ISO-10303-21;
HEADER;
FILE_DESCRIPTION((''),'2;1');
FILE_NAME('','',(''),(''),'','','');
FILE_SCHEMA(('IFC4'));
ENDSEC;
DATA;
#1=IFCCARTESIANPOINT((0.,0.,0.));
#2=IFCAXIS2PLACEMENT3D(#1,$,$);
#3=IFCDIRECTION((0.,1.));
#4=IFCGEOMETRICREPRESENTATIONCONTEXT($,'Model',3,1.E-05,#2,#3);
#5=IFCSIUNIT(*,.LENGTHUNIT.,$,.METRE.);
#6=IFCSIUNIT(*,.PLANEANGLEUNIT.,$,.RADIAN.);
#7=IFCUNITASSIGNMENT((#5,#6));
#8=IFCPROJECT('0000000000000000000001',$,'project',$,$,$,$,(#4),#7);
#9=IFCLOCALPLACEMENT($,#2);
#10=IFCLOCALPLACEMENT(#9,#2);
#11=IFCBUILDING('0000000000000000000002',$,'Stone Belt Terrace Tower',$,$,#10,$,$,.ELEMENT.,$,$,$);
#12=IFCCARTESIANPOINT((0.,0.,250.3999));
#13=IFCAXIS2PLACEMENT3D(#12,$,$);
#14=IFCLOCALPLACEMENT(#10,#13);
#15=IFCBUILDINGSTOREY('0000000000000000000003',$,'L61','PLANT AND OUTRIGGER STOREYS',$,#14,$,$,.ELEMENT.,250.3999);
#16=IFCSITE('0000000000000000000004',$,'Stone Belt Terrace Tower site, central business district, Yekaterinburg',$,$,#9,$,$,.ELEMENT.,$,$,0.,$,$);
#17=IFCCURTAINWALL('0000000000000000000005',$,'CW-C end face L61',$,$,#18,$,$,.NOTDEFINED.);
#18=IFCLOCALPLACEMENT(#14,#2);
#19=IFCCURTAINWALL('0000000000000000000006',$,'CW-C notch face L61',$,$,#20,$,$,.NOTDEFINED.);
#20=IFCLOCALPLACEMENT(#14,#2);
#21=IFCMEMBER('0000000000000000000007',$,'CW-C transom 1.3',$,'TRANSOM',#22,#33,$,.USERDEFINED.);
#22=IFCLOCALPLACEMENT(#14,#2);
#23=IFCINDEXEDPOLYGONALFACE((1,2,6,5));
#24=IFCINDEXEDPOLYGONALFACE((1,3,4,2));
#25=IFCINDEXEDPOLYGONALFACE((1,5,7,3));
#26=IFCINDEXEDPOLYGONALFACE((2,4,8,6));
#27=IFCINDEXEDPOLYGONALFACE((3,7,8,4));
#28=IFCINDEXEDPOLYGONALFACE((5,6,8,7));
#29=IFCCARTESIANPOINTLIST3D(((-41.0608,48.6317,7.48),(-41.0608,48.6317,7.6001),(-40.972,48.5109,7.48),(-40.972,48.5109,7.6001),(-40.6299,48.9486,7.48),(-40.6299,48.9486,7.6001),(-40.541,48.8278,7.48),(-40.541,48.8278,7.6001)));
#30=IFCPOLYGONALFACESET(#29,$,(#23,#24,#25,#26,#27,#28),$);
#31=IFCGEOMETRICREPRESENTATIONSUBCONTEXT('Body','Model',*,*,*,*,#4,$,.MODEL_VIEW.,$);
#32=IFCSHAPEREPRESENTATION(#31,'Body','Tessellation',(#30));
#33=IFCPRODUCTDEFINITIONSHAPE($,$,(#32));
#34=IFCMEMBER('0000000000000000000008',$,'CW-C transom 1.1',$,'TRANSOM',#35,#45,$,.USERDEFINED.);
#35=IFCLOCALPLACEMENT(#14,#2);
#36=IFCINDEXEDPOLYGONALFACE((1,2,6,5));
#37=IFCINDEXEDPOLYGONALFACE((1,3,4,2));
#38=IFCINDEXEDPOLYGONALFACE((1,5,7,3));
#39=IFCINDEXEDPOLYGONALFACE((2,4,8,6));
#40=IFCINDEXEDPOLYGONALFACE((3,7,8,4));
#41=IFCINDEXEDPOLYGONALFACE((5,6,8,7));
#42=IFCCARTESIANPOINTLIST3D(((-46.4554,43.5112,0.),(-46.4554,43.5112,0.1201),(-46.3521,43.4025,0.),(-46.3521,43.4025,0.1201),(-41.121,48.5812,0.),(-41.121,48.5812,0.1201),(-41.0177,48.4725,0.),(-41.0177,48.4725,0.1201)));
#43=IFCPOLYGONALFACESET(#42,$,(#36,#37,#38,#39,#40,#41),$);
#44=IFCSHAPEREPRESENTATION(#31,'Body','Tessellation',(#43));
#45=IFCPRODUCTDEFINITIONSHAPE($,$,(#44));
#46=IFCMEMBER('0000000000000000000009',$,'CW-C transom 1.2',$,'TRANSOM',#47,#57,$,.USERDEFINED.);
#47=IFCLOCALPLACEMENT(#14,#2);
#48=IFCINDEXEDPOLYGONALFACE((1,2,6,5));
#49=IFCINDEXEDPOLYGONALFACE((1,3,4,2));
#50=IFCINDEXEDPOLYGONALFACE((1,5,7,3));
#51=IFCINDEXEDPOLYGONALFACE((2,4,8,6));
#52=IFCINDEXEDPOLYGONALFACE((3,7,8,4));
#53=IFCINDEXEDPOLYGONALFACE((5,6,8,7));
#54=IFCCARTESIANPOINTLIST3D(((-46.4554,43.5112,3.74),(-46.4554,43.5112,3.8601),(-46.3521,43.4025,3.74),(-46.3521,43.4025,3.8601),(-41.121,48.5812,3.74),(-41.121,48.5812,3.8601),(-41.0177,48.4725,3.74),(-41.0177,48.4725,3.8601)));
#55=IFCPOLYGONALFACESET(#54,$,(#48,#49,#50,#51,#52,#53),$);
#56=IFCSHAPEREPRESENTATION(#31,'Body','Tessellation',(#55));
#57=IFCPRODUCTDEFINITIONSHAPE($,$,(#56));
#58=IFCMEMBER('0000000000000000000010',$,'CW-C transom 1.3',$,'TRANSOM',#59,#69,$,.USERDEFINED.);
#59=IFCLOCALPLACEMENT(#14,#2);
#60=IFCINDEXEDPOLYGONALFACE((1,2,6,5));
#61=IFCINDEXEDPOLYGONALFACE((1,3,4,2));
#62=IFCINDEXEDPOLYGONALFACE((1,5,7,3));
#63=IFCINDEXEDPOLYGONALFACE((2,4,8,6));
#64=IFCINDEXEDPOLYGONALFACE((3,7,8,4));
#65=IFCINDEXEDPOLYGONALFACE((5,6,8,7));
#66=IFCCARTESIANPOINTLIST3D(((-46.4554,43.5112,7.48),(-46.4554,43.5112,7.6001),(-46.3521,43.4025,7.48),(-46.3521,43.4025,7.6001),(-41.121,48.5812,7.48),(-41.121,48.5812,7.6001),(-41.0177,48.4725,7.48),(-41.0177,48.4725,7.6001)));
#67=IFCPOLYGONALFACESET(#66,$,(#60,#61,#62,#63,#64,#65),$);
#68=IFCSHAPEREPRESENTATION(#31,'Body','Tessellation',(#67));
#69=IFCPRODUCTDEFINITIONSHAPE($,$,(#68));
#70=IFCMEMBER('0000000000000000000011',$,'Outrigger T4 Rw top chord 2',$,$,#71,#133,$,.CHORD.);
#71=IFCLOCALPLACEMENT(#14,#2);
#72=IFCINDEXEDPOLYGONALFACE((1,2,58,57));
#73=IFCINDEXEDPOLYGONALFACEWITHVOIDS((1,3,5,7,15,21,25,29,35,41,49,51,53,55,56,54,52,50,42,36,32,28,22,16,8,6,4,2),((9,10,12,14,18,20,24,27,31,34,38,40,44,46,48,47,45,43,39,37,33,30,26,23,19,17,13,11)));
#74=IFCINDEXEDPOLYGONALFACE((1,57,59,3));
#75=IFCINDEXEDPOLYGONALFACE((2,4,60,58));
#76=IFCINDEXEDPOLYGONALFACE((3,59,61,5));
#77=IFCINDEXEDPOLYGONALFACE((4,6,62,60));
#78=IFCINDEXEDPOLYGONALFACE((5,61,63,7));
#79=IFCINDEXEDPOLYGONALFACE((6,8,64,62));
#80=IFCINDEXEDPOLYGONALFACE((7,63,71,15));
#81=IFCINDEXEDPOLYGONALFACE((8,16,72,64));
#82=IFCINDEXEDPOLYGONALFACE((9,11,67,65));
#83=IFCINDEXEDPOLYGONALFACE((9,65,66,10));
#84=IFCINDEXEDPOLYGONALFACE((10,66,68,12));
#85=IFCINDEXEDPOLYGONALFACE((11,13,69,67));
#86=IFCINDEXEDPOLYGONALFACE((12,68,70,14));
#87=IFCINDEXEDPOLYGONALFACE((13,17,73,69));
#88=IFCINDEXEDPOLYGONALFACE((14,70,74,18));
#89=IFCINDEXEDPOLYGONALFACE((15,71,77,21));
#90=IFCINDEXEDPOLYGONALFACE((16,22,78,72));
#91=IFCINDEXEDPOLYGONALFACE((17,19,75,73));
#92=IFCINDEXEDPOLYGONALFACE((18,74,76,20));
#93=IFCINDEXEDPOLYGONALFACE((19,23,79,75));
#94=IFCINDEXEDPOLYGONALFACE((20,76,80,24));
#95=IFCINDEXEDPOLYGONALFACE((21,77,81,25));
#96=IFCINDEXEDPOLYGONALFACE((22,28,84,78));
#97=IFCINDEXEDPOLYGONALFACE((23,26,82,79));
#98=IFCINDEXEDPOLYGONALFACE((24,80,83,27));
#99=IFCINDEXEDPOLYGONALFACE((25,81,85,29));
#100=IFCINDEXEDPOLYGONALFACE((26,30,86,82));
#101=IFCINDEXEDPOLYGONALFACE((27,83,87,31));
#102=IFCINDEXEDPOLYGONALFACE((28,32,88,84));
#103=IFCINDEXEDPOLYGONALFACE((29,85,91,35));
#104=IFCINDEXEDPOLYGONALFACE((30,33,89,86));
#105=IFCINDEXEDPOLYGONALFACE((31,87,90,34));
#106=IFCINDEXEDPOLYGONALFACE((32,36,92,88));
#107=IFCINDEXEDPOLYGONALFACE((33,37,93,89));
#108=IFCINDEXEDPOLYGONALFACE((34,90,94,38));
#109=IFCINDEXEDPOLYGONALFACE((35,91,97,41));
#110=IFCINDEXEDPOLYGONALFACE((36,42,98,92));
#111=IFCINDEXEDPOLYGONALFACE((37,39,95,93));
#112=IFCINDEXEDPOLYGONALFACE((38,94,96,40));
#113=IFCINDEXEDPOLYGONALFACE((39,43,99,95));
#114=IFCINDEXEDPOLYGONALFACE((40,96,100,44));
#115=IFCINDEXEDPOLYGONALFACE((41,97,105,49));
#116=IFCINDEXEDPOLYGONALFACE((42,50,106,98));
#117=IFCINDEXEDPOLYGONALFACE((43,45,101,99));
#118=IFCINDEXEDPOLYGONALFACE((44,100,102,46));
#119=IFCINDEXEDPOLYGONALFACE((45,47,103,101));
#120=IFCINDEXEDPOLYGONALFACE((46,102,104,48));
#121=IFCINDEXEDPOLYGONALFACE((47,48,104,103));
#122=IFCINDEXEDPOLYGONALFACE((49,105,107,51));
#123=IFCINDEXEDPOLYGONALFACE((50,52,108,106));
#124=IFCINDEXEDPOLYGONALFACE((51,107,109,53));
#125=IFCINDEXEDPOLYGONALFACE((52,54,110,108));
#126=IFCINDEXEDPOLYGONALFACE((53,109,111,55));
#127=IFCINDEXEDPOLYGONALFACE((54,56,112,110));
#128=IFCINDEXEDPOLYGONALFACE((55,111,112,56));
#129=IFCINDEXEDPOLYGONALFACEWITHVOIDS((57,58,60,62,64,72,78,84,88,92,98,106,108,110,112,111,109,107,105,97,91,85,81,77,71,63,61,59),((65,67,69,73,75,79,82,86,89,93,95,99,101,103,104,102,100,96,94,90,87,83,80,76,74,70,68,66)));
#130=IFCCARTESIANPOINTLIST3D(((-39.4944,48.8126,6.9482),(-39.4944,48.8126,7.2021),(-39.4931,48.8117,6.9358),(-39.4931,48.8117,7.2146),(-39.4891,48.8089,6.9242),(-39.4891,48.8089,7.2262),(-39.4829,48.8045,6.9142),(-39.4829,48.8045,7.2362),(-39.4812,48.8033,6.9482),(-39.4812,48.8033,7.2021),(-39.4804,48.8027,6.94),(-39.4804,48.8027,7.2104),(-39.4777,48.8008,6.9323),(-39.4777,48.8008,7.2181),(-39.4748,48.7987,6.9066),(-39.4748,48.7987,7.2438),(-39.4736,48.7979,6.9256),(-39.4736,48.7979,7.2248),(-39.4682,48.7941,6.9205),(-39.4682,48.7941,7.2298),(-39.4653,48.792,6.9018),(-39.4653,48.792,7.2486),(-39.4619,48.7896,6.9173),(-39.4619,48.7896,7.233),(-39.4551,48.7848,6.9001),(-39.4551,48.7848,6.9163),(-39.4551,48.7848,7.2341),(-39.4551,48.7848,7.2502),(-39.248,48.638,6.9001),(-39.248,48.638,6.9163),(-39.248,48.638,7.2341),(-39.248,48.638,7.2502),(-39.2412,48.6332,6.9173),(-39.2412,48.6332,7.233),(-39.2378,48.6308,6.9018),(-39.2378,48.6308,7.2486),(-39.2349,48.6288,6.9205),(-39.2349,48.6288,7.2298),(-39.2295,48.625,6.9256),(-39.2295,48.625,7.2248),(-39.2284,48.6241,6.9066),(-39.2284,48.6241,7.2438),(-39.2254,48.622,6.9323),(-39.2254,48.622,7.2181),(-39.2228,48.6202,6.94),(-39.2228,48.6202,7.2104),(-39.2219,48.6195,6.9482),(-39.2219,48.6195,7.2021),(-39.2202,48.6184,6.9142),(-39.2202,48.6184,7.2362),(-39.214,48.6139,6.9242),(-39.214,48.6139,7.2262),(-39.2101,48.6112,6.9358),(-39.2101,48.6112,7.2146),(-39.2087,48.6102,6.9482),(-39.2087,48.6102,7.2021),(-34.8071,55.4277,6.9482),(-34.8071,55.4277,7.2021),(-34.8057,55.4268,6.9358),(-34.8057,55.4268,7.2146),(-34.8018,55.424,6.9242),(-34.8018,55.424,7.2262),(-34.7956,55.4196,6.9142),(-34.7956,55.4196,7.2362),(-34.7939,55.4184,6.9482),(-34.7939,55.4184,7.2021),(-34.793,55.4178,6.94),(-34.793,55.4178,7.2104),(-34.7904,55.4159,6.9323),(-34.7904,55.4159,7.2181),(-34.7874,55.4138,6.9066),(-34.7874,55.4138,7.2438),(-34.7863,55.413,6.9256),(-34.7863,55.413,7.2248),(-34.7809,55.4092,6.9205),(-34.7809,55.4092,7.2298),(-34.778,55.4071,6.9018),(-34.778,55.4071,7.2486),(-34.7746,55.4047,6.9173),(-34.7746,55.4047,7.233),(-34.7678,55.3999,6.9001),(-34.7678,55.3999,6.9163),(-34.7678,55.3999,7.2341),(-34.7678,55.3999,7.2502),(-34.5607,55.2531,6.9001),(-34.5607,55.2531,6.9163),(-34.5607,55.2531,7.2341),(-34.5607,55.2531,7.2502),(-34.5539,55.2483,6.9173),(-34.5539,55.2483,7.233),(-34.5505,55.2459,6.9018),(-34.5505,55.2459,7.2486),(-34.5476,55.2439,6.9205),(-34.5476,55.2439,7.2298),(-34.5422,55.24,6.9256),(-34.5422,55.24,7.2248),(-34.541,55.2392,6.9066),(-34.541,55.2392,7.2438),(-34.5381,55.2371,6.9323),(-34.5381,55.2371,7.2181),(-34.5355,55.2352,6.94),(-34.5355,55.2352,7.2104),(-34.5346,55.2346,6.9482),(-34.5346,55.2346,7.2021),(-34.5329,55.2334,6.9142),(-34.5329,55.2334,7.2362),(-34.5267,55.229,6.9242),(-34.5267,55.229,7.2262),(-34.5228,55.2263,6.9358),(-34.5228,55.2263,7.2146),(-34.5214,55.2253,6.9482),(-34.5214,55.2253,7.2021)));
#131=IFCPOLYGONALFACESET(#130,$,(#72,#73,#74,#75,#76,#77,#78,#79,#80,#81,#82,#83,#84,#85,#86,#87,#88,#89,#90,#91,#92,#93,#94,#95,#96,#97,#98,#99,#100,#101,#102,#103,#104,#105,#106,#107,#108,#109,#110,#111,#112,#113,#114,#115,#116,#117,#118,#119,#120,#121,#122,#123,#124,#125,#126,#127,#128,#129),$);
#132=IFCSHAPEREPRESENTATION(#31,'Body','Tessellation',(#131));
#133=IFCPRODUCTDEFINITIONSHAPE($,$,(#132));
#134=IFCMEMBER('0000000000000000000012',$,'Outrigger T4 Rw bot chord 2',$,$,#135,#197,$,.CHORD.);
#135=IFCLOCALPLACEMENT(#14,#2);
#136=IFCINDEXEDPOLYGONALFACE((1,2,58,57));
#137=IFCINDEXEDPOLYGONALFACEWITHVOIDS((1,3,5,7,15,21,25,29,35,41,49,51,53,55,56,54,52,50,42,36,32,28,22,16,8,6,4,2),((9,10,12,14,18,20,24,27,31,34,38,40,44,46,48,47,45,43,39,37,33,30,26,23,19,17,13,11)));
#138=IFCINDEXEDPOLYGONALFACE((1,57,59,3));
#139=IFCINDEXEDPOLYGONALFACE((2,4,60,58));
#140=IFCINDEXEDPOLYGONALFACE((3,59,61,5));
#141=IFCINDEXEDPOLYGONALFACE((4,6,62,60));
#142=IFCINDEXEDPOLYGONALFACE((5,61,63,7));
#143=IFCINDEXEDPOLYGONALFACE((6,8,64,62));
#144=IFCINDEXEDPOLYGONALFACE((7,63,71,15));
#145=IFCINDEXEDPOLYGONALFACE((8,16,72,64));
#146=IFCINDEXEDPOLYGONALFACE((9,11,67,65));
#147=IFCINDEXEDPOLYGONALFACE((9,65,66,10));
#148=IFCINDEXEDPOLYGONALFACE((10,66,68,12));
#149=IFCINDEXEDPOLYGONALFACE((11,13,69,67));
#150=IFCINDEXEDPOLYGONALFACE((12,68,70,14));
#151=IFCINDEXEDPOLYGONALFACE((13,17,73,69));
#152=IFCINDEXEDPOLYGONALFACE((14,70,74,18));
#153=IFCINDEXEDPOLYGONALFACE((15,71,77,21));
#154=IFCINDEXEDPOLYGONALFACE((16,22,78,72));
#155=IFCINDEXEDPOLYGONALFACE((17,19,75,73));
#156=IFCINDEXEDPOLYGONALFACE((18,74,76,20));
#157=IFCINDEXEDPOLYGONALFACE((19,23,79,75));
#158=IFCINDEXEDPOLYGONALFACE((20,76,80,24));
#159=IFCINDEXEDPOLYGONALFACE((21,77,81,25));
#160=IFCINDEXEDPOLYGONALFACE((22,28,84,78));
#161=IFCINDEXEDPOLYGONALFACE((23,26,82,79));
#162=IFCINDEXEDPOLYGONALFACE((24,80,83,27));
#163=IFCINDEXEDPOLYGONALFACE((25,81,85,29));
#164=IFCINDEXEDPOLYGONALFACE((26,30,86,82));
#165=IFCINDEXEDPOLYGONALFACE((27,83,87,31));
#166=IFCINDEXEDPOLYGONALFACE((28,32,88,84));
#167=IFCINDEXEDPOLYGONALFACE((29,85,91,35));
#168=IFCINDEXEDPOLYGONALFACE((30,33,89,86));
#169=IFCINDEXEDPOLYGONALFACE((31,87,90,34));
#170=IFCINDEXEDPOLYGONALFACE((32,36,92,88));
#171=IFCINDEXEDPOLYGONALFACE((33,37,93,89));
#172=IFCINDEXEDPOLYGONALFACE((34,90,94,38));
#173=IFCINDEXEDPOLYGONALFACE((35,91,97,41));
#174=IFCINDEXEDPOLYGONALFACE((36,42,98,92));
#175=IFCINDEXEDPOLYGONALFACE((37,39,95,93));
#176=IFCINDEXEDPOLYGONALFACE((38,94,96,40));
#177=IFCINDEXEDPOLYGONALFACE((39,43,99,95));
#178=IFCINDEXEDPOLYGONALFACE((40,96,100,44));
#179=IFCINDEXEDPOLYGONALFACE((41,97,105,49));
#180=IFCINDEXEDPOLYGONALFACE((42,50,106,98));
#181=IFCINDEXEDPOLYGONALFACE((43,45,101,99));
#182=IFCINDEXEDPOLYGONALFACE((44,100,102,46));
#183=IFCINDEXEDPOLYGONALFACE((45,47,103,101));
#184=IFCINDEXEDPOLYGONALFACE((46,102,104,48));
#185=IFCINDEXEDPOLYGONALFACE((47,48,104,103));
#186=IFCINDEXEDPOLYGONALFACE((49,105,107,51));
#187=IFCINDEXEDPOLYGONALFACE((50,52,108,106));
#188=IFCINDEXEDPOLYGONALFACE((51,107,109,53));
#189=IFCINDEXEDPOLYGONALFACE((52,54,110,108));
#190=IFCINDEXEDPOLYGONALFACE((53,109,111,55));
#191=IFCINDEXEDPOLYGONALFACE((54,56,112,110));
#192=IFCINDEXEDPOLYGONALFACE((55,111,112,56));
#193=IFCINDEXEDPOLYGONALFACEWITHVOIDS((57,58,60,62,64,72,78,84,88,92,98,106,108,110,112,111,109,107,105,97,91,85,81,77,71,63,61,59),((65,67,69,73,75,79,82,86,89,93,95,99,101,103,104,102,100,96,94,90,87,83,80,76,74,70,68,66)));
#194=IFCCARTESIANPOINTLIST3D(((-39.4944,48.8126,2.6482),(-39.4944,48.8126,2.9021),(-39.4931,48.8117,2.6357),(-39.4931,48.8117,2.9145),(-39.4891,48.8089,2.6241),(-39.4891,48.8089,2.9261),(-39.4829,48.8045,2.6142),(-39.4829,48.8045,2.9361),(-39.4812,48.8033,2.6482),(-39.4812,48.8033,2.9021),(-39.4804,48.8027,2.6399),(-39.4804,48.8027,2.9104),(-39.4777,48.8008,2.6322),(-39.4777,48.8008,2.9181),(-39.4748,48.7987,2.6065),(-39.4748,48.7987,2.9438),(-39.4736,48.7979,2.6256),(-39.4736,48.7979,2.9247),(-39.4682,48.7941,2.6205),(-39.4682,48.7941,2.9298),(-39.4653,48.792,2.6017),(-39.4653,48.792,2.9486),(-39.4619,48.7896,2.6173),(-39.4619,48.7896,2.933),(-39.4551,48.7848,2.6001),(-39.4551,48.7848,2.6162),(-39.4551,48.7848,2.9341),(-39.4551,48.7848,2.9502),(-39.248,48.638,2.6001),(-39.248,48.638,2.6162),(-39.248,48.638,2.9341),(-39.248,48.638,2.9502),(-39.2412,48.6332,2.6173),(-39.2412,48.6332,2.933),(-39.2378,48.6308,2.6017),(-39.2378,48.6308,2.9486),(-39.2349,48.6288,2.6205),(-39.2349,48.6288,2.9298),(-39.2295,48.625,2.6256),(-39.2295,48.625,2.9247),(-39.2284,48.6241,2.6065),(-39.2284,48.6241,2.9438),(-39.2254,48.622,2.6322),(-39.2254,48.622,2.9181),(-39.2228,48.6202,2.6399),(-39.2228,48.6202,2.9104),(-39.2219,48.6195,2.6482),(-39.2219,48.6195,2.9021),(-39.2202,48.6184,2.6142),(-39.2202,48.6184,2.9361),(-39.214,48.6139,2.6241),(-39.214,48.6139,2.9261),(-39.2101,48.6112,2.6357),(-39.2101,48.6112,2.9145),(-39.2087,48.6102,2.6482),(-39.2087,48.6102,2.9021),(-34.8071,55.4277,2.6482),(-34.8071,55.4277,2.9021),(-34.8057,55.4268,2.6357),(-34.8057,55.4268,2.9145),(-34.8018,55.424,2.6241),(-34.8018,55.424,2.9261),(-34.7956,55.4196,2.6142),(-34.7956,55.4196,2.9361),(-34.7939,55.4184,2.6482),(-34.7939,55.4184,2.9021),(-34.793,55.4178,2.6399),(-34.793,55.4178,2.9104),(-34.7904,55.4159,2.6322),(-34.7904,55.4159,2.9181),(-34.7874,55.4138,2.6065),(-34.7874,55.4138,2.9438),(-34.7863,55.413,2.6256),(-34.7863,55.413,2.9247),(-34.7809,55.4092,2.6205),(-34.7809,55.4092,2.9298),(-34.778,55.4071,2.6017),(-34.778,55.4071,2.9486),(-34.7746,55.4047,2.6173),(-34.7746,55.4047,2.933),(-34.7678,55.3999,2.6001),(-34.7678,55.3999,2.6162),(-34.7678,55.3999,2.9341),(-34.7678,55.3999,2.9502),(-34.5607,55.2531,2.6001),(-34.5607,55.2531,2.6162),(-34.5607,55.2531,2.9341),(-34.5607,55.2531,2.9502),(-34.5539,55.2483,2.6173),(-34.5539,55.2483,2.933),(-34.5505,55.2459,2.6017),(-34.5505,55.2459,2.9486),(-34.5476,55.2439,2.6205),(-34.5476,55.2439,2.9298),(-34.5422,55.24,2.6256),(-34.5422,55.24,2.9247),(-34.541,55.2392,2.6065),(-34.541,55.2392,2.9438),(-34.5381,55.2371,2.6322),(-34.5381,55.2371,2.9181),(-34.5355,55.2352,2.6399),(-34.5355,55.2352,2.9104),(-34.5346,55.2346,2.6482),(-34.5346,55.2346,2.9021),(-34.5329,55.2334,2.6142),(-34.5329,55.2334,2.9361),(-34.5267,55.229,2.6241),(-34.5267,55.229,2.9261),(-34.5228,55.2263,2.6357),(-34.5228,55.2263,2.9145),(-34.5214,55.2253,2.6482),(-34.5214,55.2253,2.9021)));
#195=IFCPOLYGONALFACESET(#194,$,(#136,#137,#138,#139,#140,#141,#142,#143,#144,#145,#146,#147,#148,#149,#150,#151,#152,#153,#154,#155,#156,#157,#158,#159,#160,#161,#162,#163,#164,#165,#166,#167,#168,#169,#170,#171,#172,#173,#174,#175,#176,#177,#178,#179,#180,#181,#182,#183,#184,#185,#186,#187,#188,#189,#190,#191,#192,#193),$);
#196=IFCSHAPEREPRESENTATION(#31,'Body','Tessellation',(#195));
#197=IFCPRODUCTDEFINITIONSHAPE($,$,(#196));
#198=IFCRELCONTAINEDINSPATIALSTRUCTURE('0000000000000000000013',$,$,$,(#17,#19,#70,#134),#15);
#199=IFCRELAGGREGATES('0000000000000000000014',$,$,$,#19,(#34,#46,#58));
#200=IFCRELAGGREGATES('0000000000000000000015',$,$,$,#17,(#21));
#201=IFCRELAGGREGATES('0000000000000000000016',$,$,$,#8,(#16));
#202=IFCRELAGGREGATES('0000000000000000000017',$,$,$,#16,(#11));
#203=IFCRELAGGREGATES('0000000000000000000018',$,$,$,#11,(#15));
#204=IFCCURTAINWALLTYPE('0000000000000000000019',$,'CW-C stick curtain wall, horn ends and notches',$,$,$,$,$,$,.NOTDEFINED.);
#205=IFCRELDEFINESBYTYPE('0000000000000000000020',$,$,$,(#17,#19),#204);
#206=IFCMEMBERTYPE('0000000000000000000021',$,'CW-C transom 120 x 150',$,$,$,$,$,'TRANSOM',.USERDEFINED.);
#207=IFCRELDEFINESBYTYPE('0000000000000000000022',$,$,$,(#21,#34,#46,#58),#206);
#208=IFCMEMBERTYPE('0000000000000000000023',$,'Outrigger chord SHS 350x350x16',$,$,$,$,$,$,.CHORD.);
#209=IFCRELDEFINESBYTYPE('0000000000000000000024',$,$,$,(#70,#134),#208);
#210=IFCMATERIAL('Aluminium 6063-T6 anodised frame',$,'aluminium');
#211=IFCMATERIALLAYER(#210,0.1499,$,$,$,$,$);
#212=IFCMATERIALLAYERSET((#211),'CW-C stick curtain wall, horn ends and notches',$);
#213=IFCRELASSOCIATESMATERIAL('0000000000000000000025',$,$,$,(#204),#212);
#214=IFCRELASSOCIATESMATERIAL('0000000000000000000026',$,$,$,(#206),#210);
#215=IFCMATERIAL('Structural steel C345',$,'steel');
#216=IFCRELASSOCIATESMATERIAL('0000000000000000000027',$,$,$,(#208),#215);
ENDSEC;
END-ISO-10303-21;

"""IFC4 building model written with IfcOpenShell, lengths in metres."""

from ifc_helpers import new_model, si_unit, direction, frame, origin, origin_2d, place, context, subcontext, project, spatial, rectangle, hollow_rectangle, extrude, material, layer, layer_set, material_profile, profile_set, type_object, element, aggregate, save


model = new_model("IFC4")

# Units and contexts
model_context = context("Model", 3, precision=1e-05, world=origin(), true_north=direction((0.0, 1.0)))
body_context = subcontext(model_context, "Body", "Model", "MODEL_VIEW")
ifc_project = project(units=[si_unit("LENGTHUNIT", "METRE"), si_unit("PLANEANGLEUNIT", "RADIAN")], contexts=[model_context])

# Site, building, storey
site_placement = place(None, origin())
site = spatial("IfcSite", under=ifc_project, at=site_placement, Name="Stone Belt Terrace Tower site, central business district, Yekaterinburg", CompositionType="ELEMENT", RefElevation=0.0)
building_placement = place(site_placement, origin())
building = spatial("IfcBuilding", under=site, at=building_placement, Name="Stone Belt Terrace Tower", CompositionType="ELEMENT")
storey_placement = place(building_placement, frame((0.0, 0.0, 250.3999)))
storey = spatial("IfcBuildingStorey", under=building, at=storey_placement, Name="L61", Description="PLANT AND OUTRIGGER STOREYS", CompositionType="ELEMENT", Elevation=250.3999)

# Shared definitions
ifc_material_1 = material(Name="Aluminium 6063-T6 anodised frame", Category="aluminium")

# Curtain walls
ifc_layer_1 = layer(ifc_material_1, 0.1499)
ifc_layer_set_1 = layer_set([ifc_layer_1], Name="CW-C stick curtain wall, horn ends and notches")
curtain_wall_type_1 = type_object("IfcCurtainWallType", Name="CW-C stick curtain wall, horn ends and notches", PredefinedType="NOTDEFINED", material=ifc_layer_set_1)
curtain_wall_1_placement = place(storey_placement, origin())
curtain_wall_1 = element("IfcCurtainWall", 1, at=curtain_wall_1_placement, inside=storey, type_object=curtain_wall_type_1, Name="CW-C end face L61", PredefinedType="NOTDEFINED")
curtain_wall_2_placement = place(storey_placement, origin())
curtain_wall_2 = element("IfcCurtainWall", 2, at=curtain_wall_2_placement, inside=storey, type_object=curtain_wall_type_1, Name="CW-C notch face L61", PredefinedType="NOTDEFINED")

# Members
ifc_material_profile_1 = material_profile(ifc_material_1, rectangle(XDim=0.1499, YDim=0.1201, at=origin_2d()), Name="Aluminium 6063-T6 150x120")
ifc_profile_set_1 = profile_set([ifc_material_profile_1], Name="Aluminium 6063-T6 anodised frame")
member_type_1 = type_object("IfcMemberType", Name="CW-C transom 120 x 150", ElementType="TRANSOM", PredefinedType="USERDEFINED", material=ifc_profile_set_1)
member_1_placement = place(storey_placement, frame((-40.5854, 48.8882, 7.54), z_axis=(-0.805606, -0.592451, 0.0), x_axis=(0.592451, -0.805606, 0.0)))
member_1 = element("IfcMember", 3, at=member_1_placement, type_object=member_type_1, Name="CW-C transom 1.3", ObjectType="TRANSOM", PredefinedType="USERDEFINED", context=body_context, shape_type="SweptSolid", body=[
    extrude(rectangle(XDim=0.1499, YDim=0.1201, at=origin_2d()), origin(), (0.0, 0.0, 1.0), 0.5349),
])
member_2_placement = place(storey_placement, frame((-41.0693, 48.5269, 0.0601), z_axis=(-0.724842, -0.688915, 0.0), x_axis=(0.688915, -0.724842, 0.0)))
member_2 = element("IfcMember", 4, at=member_2_placement, type_object=member_type_1, Name="CW-C transom 1.1", ObjectType="TRANSOM", PredefinedType="USERDEFINED", context=body_context, shape_type="SweptSolid", body=[
    extrude(rectangle(XDim=0.1499, YDim=0.1201, at=origin_2d()), origin(), (0.0, 0.0, 1.0), 7.3594),
])
member_3_placement = place(storey_placement, frame((-41.0693, 48.5269, 3.8), z_axis=(-0.724842, -0.688915, 0.0), x_axis=(0.688915, -0.724842, 0.0)))
member_3 = element("IfcMember", 5, at=member_3_placement, type_object=member_type_1, Name="CW-C transom 1.2", ObjectType="TRANSOM", PredefinedType="USERDEFINED", context=body_context, shape_type="SweptSolid", body=[
    extrude(rectangle(XDim=0.1499, YDim=0.1201, at=origin_2d()), origin(), (0.0, 0.0, 1.0), 7.3594),
])
member_4_placement = place(storey_placement, frame((-41.0693, 48.5269, 7.54), z_axis=(-0.724842, -0.688915, 0.0), x_axis=(0.688915, -0.724842, 0.0)))
member_4 = element("IfcMember", 6, at=member_4_placement, type_object=member_type_1, Name="CW-C transom 1.3", ObjectType="TRANSOM", PredefinedType="USERDEFINED", context=body_context, shape_type="SweptSolid", body=[
    extrude(rectangle(XDim=0.1499, YDim=0.1201, at=origin_2d()), origin(), (0.0, 0.0, 1.0), 7.3594),
])
aggregate(curtain_wall_2, [member_2, member_3, member_4])

# Members
ifc_material_2 = material(Name="Structural steel C345", Category="steel")
ifc_material_profile_2 = material_profile(ifc_material_2, hollow_rectangle(XDim=0.3501, YDim=0.3501, WallThickness=0.0161, InnerFilletRadius=0.032, OuterFilletRadius=0.0481, at=origin_2d()), Name="SHS 350x350x16")
ifc_profile_set_2 = profile_set([ifc_material_profile_2], Name="Structural steel C345")
member_type_2 = type_object("IfcMemberType", Name="Outrigger chord SHS 350x350x16", PredefinedType="CHORD", material=ifc_profile_set_2)
for number, where, z_axis, x_axis, name in (
    (7, (-39.3516, 48.7114, 7.0752), (0.578152, 0.815929, 0.0), (-0.815929, 0.578152, 0.0), "Outrigger T4 Rw top chord 2"),
    (8, (-39.3516, 48.7114, 2.7751), (0.578152, 0.815929, 0.0), (-0.815929, 0.578152, 0.0), "Outrigger T4 Rw bot chord 2"),
):
    element("IfcMember", number, at=place(storey_placement, frame(where, z_axis=z_axis, x_axis=x_axis)), inside=storey, type_object=member_type_2, Name=name, PredefinedType="CHORD", context=body_context, shape_type="SweptSolid", body=[
        extrude(hollow_rectangle(XDim=0.3501, YDim=0.3501, WallThickness=0.0161, InnerFilletRadius=0.032, OuterFilletRadius=0.0481, at=origin_2d()), origin(), (0.0, 0.0, 1.0), 8.1074),
    ])

aggregate(curtain_wall_1, [member_1])

save(model, "model.ifc")
